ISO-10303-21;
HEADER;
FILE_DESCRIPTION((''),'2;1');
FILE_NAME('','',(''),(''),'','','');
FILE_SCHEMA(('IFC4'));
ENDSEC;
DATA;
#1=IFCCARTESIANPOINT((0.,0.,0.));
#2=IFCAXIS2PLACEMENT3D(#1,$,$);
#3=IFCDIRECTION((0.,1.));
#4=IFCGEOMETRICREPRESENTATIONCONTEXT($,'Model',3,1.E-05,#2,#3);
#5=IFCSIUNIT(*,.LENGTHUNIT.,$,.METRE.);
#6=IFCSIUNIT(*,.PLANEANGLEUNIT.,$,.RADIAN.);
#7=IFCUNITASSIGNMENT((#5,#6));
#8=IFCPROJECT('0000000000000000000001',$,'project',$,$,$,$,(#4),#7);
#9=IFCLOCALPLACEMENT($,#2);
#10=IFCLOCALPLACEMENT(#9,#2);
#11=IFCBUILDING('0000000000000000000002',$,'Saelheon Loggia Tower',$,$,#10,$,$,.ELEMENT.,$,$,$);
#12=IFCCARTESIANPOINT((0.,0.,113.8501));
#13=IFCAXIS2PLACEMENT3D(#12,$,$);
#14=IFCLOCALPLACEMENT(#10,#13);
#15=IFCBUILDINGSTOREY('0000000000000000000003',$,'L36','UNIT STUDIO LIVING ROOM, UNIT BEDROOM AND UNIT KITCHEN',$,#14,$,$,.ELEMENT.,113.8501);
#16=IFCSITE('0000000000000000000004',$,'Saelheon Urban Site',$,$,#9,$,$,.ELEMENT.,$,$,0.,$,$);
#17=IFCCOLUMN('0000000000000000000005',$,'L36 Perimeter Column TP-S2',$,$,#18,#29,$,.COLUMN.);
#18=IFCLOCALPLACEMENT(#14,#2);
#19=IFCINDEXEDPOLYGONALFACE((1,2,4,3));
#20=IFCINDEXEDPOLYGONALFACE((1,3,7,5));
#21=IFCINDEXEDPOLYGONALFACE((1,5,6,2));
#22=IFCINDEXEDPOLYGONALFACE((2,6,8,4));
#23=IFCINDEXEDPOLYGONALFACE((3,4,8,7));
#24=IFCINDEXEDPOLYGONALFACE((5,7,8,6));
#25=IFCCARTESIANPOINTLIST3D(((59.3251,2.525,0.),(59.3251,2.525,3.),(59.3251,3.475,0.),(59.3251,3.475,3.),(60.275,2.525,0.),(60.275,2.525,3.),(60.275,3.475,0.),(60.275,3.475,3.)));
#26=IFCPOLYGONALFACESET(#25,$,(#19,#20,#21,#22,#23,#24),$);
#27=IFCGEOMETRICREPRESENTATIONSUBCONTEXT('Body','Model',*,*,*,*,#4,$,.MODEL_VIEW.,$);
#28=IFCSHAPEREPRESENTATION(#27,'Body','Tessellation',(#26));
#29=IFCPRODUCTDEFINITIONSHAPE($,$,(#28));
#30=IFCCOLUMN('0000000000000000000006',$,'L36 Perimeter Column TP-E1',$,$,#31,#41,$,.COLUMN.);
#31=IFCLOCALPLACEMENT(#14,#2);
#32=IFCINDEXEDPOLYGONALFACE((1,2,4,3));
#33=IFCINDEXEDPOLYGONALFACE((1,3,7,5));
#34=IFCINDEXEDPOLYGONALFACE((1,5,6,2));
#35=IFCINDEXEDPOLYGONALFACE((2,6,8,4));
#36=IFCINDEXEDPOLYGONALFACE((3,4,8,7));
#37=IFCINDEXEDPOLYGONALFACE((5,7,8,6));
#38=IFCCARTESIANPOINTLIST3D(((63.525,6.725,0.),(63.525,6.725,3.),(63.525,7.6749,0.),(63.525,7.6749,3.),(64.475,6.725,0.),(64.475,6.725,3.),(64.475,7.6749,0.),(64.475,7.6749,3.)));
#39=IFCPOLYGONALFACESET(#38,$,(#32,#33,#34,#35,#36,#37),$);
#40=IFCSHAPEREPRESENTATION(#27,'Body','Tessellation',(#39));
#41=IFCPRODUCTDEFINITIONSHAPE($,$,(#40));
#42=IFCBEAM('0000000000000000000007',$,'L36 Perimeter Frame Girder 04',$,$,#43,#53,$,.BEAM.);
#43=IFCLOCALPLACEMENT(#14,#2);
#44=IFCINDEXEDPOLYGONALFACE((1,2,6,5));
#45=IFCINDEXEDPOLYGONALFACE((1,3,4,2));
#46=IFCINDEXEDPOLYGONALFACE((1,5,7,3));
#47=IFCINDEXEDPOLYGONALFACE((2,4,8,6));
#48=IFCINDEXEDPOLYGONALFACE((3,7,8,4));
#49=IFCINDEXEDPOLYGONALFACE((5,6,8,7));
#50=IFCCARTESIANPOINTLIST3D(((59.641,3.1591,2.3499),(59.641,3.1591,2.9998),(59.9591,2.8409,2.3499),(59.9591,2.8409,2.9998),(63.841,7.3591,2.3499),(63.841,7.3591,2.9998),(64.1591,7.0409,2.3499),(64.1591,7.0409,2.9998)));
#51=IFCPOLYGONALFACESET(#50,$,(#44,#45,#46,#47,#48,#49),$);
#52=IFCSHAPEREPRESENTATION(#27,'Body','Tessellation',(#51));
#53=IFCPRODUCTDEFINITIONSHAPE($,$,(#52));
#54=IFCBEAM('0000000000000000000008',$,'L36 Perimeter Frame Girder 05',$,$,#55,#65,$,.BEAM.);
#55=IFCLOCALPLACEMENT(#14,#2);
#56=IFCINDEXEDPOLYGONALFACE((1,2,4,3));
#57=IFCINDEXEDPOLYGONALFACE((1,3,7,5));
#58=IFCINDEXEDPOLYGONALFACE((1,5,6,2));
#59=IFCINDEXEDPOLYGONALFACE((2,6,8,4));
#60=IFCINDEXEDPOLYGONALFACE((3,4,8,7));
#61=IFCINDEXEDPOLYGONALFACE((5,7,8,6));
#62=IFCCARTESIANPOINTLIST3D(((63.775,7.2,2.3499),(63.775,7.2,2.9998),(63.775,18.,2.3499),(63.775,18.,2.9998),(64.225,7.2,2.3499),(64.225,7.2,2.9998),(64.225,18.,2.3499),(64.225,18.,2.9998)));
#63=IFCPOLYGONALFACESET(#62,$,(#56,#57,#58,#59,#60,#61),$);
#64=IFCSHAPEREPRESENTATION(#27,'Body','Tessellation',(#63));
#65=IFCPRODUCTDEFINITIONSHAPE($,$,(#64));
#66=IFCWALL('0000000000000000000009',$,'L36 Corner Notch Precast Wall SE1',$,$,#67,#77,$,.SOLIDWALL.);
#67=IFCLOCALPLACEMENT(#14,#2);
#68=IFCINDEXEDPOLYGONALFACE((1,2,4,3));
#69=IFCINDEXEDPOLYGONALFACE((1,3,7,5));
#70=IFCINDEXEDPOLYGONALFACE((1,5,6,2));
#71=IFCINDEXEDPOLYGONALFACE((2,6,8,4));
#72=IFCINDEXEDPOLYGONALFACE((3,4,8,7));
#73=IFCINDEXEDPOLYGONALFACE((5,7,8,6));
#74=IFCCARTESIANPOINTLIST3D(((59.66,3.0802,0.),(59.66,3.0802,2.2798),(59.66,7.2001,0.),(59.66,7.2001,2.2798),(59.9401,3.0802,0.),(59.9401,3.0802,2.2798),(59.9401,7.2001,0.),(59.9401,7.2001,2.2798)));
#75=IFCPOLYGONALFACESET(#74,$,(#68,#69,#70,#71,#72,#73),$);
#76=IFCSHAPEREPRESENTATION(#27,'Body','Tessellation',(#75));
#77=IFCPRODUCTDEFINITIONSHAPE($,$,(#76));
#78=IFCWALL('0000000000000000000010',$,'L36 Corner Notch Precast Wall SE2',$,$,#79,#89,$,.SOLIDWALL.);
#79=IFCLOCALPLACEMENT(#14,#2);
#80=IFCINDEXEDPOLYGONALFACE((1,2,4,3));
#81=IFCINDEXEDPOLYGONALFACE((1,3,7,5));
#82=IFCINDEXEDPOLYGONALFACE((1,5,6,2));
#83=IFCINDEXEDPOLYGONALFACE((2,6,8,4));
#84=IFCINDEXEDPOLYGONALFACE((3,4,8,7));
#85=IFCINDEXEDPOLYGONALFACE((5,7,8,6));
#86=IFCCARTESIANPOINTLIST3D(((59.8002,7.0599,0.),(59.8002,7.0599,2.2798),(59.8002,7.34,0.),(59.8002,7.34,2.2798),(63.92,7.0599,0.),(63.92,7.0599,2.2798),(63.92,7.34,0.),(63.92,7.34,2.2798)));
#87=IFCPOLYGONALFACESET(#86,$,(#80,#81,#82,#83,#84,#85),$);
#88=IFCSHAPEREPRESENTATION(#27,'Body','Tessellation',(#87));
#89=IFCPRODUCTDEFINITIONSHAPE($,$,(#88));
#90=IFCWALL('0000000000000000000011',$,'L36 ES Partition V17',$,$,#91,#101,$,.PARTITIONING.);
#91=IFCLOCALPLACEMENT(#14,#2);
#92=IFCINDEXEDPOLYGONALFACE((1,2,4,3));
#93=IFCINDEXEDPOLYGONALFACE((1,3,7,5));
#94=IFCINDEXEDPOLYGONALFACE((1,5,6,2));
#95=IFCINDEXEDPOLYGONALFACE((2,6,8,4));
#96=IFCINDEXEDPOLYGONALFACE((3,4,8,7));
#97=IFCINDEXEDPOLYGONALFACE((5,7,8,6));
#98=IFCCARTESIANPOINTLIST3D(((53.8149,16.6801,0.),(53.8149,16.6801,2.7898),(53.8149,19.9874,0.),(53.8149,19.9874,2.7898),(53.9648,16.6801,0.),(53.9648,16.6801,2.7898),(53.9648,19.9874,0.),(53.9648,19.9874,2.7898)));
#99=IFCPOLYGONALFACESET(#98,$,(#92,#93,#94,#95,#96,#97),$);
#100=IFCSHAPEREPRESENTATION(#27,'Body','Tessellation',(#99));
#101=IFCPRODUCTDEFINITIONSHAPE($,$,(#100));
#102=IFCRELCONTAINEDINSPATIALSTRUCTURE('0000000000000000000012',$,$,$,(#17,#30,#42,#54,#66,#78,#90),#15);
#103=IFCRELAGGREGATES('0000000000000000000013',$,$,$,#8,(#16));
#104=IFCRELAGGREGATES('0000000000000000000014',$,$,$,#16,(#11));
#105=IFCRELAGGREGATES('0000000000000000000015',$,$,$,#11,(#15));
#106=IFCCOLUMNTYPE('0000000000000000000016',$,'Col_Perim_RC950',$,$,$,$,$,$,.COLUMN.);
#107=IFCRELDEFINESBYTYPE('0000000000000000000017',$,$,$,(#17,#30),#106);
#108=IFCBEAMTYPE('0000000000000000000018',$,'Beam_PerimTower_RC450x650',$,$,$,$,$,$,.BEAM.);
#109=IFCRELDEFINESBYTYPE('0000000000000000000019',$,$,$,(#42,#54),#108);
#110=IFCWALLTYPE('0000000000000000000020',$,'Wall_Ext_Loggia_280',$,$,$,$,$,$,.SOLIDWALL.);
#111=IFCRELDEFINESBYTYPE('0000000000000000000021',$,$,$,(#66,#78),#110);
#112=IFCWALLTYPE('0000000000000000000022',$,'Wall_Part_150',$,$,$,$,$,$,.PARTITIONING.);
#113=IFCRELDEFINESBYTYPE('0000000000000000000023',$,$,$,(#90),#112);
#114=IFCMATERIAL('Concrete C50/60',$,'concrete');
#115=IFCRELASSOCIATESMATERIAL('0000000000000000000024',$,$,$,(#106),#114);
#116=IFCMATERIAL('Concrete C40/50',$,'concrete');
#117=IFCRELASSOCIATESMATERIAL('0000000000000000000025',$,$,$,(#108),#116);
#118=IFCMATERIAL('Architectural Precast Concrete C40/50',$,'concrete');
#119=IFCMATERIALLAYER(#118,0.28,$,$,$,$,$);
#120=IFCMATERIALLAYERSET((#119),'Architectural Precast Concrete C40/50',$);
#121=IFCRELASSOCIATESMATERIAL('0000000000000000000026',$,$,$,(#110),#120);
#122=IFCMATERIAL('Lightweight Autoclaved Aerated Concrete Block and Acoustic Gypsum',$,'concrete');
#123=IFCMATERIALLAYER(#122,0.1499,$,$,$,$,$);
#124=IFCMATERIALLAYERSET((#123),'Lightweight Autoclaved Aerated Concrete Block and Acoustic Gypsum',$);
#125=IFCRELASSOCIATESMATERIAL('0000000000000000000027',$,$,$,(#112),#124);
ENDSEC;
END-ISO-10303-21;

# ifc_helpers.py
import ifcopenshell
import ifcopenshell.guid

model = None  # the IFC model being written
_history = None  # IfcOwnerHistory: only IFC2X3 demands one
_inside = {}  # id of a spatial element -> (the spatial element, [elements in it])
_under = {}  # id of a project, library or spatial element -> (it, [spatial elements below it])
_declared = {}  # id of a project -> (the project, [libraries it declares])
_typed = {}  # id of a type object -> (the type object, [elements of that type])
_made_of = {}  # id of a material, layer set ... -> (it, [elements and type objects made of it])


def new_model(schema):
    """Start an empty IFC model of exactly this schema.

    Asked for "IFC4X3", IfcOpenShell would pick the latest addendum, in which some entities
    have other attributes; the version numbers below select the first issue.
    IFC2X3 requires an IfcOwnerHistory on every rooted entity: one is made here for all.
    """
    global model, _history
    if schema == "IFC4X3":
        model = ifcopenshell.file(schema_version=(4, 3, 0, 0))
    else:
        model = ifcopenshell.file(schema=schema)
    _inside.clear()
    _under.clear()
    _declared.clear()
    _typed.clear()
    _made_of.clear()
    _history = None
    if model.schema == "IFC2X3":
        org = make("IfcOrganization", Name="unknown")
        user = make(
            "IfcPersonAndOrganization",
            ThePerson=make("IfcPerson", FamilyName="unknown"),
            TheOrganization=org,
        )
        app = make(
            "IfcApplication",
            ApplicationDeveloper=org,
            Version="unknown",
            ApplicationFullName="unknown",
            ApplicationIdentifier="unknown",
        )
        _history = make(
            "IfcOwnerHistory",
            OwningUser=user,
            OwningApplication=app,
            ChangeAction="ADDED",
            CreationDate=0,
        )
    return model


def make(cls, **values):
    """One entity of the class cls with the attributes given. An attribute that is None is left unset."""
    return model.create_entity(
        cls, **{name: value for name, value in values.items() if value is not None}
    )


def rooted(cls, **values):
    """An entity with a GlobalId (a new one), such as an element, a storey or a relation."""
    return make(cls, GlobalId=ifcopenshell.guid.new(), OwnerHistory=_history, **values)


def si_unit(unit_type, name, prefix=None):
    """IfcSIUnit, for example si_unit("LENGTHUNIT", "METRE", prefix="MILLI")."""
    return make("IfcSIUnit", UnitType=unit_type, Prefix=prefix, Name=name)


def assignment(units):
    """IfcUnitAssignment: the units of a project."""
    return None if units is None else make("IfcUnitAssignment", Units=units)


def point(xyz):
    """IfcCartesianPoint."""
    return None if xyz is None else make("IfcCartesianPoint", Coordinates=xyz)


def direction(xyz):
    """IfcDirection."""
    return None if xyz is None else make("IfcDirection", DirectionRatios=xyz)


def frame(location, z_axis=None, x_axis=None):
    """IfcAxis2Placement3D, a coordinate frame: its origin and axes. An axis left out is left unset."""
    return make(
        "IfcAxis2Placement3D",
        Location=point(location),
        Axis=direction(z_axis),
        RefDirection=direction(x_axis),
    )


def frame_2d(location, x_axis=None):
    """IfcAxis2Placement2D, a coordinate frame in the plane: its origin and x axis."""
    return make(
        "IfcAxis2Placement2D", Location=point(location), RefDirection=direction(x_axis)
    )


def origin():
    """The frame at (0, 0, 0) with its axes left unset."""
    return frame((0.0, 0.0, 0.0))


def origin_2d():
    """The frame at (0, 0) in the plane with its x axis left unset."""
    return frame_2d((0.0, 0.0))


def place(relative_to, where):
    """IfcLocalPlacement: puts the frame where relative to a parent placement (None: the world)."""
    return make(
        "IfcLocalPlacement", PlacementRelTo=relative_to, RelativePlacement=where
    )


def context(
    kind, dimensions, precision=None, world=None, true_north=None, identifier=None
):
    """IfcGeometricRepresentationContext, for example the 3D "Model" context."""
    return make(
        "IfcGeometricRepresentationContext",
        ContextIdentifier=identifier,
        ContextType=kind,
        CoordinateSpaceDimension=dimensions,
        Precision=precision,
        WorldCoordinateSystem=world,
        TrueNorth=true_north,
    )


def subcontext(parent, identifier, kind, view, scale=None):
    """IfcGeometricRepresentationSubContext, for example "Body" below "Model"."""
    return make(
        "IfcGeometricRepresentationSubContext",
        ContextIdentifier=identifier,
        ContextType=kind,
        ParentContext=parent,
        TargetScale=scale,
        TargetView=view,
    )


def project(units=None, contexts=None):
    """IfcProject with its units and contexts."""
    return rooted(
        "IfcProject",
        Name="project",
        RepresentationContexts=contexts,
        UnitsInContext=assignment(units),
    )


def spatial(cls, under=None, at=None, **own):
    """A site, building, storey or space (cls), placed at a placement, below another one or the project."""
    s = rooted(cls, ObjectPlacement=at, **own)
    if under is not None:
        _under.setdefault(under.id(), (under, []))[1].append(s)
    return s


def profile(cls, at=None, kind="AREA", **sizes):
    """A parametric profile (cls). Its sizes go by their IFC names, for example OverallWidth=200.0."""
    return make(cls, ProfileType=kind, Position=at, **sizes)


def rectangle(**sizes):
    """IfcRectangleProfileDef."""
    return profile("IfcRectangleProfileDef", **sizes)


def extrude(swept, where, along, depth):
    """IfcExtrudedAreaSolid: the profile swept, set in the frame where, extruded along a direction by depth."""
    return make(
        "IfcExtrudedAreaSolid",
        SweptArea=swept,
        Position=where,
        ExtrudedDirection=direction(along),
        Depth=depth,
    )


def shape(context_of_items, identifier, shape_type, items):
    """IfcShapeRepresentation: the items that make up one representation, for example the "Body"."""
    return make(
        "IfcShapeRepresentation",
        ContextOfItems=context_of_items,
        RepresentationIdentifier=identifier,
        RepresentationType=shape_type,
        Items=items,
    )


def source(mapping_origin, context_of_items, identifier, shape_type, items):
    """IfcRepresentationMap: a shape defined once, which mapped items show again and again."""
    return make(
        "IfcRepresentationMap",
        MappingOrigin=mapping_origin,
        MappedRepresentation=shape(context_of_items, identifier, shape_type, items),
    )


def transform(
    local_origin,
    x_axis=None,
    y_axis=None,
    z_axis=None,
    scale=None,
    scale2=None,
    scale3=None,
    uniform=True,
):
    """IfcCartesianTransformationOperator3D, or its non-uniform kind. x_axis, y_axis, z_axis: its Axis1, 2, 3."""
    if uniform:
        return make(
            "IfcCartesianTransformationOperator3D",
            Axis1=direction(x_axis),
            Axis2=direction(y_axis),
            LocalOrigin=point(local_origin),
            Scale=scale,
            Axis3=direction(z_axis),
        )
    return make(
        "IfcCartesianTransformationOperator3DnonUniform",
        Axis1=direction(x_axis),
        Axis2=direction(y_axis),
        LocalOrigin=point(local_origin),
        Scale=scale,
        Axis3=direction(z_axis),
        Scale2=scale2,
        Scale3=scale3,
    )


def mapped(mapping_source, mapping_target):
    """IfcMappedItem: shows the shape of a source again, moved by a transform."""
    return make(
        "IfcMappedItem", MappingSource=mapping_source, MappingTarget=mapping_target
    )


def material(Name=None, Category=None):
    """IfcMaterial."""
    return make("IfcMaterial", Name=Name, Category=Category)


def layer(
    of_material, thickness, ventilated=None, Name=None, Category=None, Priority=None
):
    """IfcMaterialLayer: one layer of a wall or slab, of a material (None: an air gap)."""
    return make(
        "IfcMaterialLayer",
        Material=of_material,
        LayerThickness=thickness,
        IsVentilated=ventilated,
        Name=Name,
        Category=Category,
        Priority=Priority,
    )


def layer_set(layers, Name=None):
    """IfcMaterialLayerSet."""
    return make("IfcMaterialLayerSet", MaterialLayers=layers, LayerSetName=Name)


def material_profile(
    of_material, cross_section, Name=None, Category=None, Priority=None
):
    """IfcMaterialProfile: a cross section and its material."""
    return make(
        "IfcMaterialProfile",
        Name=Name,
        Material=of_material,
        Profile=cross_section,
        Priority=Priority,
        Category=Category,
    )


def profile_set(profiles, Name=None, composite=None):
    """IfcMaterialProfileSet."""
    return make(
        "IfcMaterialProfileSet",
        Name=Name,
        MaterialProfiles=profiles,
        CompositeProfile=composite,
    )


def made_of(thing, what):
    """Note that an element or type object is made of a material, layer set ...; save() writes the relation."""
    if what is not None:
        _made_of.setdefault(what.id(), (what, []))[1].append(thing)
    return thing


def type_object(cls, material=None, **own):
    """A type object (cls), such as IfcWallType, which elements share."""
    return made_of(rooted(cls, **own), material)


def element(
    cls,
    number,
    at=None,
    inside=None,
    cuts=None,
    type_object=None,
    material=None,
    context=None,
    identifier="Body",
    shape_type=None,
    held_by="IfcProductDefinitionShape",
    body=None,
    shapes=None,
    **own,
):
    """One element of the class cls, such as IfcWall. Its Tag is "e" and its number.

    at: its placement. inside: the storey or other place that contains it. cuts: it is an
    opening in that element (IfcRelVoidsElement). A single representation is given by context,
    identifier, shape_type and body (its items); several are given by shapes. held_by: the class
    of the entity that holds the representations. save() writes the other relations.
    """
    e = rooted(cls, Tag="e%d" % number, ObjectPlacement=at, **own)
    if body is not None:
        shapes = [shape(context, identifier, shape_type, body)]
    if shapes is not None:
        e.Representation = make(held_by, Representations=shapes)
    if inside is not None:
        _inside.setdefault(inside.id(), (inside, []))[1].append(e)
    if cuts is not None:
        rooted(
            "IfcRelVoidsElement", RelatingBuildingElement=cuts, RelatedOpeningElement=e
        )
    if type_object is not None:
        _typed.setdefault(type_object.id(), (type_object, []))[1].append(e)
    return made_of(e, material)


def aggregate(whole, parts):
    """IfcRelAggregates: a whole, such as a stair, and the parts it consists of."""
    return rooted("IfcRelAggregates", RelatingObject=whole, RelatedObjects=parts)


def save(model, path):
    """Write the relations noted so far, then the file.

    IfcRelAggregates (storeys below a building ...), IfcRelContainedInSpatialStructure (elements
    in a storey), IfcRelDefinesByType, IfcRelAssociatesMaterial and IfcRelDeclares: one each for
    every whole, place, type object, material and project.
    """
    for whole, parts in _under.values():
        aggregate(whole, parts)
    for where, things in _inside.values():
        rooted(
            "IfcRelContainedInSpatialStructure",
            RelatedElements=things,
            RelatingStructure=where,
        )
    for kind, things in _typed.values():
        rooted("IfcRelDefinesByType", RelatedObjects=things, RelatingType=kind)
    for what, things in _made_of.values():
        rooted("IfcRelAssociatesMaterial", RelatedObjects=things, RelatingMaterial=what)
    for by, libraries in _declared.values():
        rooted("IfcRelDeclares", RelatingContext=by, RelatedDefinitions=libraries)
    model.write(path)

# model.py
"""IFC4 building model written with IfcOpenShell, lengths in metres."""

from ifc_helpers import new_model, si_unit, direction, frame, frame_2d, origin, origin_2d, place, context, subcontext, project, spatial, rectangle, extrude, source, transform, mapped, material, layer, layer_set, material_profile, profile_set, type_object, element, save


model = new_model("IFC4")

# Units and contexts
model_context = context("Model", 3, precision=1e-05, world=origin(), true_north=direction((0.0, 1.0)))
body_context = subcontext(model_context, "Body", "Model", "MODEL_VIEW")
ifc_project = project(units=[si_unit("LENGTHUNIT", "METRE"), si_unit("PLANEANGLEUNIT", "RADIAN")], contexts=[model_context])

# Site, building, storey
site_placement = place(None, origin())
site = spatial("IfcSite", under=ifc_project, at=site_placement, Name="Saelheon Urban Site", CompositionType="ELEMENT", RefElevation=0.0)
building_placement = place(site_placement, origin())
building = spatial("IfcBuilding", under=site, at=building_placement, Name="Saelheon Loggia Tower", CompositionType="ELEMENT")
storey_placement = place(building_placement, frame((0.0, 0.0, 113.8501)))
storey = spatial("IfcBuildingStorey", under=building, at=storey_placement, Name="L36", Description="UNIT STUDIO LIVING ROOM, UNIT BEDROOM AND UNIT KITCHEN", CompositionType="ELEMENT", Elevation=113.8501)

# Columns
ifc_material_1 = material(Name="Concrete C50/60", Category="concrete")
ifc_material_profile_1 = material_profile(ifc_material_1, rectangle(XDim=0.95, YDim=0.95, at=origin_2d()), Name="RC-950x950")
ifc_profile_set_1 = profile_set([ifc_material_profile_1], Name="Concrete C50/60")
column_type = type_object("IfcColumnType", Name="Col_Perim_RC950", PredefinedType="COLUMN", material=ifc_profile_set_1)
shared_shape_1 = source(origin(), body_context, "Body", "SweptSolid", [
    extrude(rectangle(XDim=0.95, YDim=0.95, at=origin_2d()), origin(), (0.0, 0.0, 1.0), 3.0),
])
for number, where, z_axis, x_axis, name in (
    (1, (59.8, 3.0, 0.0), (0.0, 0.0, 1.0), (1.0, 0.0, 0.0), "L36 Perimeter Column TP-S2"),
    (2, (64.0, 7.2, 0.0), (0.0, 0.0, 1.0), (1.0, 0.0, 0.0), "L36 Perimeter Column TP-E1"),
):
    element("IfcColumn", number, at=place(storey_placement, frame(where, z_axis=z_axis, x_axis=x_axis)), inside=storey, type_object=column_type, Name=name, PredefinedType="COLUMN", context=body_context, shape_type="MappedRepresentation", body=[
        mapped(shared_shape_1, transform((0.0, 0.0, 0.0), scale=1.0)),
    ])

# Beams
ifc_material_2 = material(Name="Concrete C40/50", Category="concrete")
ifc_material_profile_2 = material_profile(ifc_material_2, rectangle(XDim=0.45, YDim=0.6499, at=origin_2d()), Name="RC-450x650")
ifc_profile_set_2 = profile_set([ifc_material_profile_2], Name="Concrete C40/50")
beam_type = type_object("IfcBeamType", Name="Beam_PerimTower_RC450x650", PredefinedType="BEAM", material=ifc_profile_set_2)
shared_shape_2 = source(origin(), body_context, "Body", "SweptSolid", [
    extrude(rectangle(XDim=0.45, YDim=0.6499, at=origin_2d()), origin(), (0.0, 0.0, 1.0), 5.9397),
])
beam_1_placement = place(storey_placement, frame((59.8, 3.0, 2.6748), z_axis=(0.707107, 0.707107, 0.0), x_axis=(-0.707107, 0.707107, 0.0)))
element("IfcBeam", 3, at=beam_1_placement, inside=storey, type_object=beam_type, Name="L36 Perimeter Frame Girder 04", PredefinedType="BEAM", context=body_context, shape_type="MappedRepresentation", body=[
    mapped(shared_shape_2, transform((0.0, 0.0, 0.0), scale=1.0)),
])
shared_shape_3 = source(origin(), body_context, "Body", "SweptSolid", [
    extrude(rectangle(XDim=0.45, YDim=0.6499, at=origin_2d()), origin(), (0.0, 0.0, 1.0), 10.8),
])
beam_2_placement = place(storey_placement, frame((64.0, 7.2, 2.6748), z_axis=(0.0, 1.0, 0.0), x_axis=(-1.0, 0.0, 0.0)))
element("IfcBeam", 4, at=beam_2_placement, inside=storey, type_object=beam_type, Name="L36 Perimeter Frame Girder 05", PredefinedType="BEAM", context=body_context, shape_type="MappedRepresentation", body=[
    mapped(shared_shape_3, transform((0.0, 0.0, 0.0), scale=1.0)),
])

# Shared definitions
ifc_material_3 = material(Name="Architectural Precast Concrete C40/50", Category="concrete")
ifc_layer_1 = layer(ifc_material_3, 0.28)
ifc_layer_set_1 = layer_set([ifc_layer_1], Name="Architectural Precast Concrete C40/50")
wall_type_1 = type_object("IfcWallType", Name="Wall_Ext_Loggia_280", PredefinedType="SOLIDWALL", material=ifc_layer_set_1)

# Walls
for number, where, z_axis, x_axis, name in (
    (5, (59.8, 3.0801, 0.0), (0.0, 0.0, 1.0), (0.0, 1.0, 0.0), "L36 Corner Notch Precast Wall SE1"),
    (6, (59.8, 7.2, 0.0), (0.0, 0.0, 1.0), (1.0, 0.0, 0.0), "L36 Corner Notch Precast Wall SE2"),
):
    element("IfcWall", number, at=place(storey_placement, frame(where, z_axis=z_axis, x_axis=x_axis)), inside=storey, type_object=wall_type_1, Name=name, PredefinedType="SOLIDWALL", context=body_context, shape_type="SweptSolid", body=[
        extrude(rectangle(XDim=4.1199, YDim=0.28, at=frame_2d((2.0601, 0.0))), origin(), (0.0, 0.0, 1.0), 2.2798),
    ])
ifc_material_4 = material(Name="Lightweight Autoclaved Aerated Concrete Block and Acoustic Gypsum", Category="concrete")
ifc_layer_2 = layer(ifc_material_4, 0.1499)
ifc_layer_set_2 = layer_set([ifc_layer_2], Name="Lightweight Autoclaved Aerated Concrete Block and Acoustic Gypsum")
wall_type_2 = type_object("IfcWallType", Name="Wall_Part_150", PredefinedType="PARTITIONING", material=ifc_layer_set_2)
wall_1_placement = place(storey_placement, frame((53.8899, 16.6799, 0.0), z_axis=(0.0, 0.0, 1.0), x_axis=(0.0, 1.0, 0.0)))
element("IfcWall", 7, at=wall_1_placement, inside=storey, type_object=wall_type_2, Name="L36 ES Partition V17", PredefinedType="PARTITIONING", context=body_context, shape_type="SweptSolid", body=[
    extrude(rectangle(XDim=3.3074, YDim=0.1499, at=frame_2d((1.6538, 0.0))), origin(), (0.0, 0.0, 1.0), 2.7898),
])

save(model, "model.ifc")
